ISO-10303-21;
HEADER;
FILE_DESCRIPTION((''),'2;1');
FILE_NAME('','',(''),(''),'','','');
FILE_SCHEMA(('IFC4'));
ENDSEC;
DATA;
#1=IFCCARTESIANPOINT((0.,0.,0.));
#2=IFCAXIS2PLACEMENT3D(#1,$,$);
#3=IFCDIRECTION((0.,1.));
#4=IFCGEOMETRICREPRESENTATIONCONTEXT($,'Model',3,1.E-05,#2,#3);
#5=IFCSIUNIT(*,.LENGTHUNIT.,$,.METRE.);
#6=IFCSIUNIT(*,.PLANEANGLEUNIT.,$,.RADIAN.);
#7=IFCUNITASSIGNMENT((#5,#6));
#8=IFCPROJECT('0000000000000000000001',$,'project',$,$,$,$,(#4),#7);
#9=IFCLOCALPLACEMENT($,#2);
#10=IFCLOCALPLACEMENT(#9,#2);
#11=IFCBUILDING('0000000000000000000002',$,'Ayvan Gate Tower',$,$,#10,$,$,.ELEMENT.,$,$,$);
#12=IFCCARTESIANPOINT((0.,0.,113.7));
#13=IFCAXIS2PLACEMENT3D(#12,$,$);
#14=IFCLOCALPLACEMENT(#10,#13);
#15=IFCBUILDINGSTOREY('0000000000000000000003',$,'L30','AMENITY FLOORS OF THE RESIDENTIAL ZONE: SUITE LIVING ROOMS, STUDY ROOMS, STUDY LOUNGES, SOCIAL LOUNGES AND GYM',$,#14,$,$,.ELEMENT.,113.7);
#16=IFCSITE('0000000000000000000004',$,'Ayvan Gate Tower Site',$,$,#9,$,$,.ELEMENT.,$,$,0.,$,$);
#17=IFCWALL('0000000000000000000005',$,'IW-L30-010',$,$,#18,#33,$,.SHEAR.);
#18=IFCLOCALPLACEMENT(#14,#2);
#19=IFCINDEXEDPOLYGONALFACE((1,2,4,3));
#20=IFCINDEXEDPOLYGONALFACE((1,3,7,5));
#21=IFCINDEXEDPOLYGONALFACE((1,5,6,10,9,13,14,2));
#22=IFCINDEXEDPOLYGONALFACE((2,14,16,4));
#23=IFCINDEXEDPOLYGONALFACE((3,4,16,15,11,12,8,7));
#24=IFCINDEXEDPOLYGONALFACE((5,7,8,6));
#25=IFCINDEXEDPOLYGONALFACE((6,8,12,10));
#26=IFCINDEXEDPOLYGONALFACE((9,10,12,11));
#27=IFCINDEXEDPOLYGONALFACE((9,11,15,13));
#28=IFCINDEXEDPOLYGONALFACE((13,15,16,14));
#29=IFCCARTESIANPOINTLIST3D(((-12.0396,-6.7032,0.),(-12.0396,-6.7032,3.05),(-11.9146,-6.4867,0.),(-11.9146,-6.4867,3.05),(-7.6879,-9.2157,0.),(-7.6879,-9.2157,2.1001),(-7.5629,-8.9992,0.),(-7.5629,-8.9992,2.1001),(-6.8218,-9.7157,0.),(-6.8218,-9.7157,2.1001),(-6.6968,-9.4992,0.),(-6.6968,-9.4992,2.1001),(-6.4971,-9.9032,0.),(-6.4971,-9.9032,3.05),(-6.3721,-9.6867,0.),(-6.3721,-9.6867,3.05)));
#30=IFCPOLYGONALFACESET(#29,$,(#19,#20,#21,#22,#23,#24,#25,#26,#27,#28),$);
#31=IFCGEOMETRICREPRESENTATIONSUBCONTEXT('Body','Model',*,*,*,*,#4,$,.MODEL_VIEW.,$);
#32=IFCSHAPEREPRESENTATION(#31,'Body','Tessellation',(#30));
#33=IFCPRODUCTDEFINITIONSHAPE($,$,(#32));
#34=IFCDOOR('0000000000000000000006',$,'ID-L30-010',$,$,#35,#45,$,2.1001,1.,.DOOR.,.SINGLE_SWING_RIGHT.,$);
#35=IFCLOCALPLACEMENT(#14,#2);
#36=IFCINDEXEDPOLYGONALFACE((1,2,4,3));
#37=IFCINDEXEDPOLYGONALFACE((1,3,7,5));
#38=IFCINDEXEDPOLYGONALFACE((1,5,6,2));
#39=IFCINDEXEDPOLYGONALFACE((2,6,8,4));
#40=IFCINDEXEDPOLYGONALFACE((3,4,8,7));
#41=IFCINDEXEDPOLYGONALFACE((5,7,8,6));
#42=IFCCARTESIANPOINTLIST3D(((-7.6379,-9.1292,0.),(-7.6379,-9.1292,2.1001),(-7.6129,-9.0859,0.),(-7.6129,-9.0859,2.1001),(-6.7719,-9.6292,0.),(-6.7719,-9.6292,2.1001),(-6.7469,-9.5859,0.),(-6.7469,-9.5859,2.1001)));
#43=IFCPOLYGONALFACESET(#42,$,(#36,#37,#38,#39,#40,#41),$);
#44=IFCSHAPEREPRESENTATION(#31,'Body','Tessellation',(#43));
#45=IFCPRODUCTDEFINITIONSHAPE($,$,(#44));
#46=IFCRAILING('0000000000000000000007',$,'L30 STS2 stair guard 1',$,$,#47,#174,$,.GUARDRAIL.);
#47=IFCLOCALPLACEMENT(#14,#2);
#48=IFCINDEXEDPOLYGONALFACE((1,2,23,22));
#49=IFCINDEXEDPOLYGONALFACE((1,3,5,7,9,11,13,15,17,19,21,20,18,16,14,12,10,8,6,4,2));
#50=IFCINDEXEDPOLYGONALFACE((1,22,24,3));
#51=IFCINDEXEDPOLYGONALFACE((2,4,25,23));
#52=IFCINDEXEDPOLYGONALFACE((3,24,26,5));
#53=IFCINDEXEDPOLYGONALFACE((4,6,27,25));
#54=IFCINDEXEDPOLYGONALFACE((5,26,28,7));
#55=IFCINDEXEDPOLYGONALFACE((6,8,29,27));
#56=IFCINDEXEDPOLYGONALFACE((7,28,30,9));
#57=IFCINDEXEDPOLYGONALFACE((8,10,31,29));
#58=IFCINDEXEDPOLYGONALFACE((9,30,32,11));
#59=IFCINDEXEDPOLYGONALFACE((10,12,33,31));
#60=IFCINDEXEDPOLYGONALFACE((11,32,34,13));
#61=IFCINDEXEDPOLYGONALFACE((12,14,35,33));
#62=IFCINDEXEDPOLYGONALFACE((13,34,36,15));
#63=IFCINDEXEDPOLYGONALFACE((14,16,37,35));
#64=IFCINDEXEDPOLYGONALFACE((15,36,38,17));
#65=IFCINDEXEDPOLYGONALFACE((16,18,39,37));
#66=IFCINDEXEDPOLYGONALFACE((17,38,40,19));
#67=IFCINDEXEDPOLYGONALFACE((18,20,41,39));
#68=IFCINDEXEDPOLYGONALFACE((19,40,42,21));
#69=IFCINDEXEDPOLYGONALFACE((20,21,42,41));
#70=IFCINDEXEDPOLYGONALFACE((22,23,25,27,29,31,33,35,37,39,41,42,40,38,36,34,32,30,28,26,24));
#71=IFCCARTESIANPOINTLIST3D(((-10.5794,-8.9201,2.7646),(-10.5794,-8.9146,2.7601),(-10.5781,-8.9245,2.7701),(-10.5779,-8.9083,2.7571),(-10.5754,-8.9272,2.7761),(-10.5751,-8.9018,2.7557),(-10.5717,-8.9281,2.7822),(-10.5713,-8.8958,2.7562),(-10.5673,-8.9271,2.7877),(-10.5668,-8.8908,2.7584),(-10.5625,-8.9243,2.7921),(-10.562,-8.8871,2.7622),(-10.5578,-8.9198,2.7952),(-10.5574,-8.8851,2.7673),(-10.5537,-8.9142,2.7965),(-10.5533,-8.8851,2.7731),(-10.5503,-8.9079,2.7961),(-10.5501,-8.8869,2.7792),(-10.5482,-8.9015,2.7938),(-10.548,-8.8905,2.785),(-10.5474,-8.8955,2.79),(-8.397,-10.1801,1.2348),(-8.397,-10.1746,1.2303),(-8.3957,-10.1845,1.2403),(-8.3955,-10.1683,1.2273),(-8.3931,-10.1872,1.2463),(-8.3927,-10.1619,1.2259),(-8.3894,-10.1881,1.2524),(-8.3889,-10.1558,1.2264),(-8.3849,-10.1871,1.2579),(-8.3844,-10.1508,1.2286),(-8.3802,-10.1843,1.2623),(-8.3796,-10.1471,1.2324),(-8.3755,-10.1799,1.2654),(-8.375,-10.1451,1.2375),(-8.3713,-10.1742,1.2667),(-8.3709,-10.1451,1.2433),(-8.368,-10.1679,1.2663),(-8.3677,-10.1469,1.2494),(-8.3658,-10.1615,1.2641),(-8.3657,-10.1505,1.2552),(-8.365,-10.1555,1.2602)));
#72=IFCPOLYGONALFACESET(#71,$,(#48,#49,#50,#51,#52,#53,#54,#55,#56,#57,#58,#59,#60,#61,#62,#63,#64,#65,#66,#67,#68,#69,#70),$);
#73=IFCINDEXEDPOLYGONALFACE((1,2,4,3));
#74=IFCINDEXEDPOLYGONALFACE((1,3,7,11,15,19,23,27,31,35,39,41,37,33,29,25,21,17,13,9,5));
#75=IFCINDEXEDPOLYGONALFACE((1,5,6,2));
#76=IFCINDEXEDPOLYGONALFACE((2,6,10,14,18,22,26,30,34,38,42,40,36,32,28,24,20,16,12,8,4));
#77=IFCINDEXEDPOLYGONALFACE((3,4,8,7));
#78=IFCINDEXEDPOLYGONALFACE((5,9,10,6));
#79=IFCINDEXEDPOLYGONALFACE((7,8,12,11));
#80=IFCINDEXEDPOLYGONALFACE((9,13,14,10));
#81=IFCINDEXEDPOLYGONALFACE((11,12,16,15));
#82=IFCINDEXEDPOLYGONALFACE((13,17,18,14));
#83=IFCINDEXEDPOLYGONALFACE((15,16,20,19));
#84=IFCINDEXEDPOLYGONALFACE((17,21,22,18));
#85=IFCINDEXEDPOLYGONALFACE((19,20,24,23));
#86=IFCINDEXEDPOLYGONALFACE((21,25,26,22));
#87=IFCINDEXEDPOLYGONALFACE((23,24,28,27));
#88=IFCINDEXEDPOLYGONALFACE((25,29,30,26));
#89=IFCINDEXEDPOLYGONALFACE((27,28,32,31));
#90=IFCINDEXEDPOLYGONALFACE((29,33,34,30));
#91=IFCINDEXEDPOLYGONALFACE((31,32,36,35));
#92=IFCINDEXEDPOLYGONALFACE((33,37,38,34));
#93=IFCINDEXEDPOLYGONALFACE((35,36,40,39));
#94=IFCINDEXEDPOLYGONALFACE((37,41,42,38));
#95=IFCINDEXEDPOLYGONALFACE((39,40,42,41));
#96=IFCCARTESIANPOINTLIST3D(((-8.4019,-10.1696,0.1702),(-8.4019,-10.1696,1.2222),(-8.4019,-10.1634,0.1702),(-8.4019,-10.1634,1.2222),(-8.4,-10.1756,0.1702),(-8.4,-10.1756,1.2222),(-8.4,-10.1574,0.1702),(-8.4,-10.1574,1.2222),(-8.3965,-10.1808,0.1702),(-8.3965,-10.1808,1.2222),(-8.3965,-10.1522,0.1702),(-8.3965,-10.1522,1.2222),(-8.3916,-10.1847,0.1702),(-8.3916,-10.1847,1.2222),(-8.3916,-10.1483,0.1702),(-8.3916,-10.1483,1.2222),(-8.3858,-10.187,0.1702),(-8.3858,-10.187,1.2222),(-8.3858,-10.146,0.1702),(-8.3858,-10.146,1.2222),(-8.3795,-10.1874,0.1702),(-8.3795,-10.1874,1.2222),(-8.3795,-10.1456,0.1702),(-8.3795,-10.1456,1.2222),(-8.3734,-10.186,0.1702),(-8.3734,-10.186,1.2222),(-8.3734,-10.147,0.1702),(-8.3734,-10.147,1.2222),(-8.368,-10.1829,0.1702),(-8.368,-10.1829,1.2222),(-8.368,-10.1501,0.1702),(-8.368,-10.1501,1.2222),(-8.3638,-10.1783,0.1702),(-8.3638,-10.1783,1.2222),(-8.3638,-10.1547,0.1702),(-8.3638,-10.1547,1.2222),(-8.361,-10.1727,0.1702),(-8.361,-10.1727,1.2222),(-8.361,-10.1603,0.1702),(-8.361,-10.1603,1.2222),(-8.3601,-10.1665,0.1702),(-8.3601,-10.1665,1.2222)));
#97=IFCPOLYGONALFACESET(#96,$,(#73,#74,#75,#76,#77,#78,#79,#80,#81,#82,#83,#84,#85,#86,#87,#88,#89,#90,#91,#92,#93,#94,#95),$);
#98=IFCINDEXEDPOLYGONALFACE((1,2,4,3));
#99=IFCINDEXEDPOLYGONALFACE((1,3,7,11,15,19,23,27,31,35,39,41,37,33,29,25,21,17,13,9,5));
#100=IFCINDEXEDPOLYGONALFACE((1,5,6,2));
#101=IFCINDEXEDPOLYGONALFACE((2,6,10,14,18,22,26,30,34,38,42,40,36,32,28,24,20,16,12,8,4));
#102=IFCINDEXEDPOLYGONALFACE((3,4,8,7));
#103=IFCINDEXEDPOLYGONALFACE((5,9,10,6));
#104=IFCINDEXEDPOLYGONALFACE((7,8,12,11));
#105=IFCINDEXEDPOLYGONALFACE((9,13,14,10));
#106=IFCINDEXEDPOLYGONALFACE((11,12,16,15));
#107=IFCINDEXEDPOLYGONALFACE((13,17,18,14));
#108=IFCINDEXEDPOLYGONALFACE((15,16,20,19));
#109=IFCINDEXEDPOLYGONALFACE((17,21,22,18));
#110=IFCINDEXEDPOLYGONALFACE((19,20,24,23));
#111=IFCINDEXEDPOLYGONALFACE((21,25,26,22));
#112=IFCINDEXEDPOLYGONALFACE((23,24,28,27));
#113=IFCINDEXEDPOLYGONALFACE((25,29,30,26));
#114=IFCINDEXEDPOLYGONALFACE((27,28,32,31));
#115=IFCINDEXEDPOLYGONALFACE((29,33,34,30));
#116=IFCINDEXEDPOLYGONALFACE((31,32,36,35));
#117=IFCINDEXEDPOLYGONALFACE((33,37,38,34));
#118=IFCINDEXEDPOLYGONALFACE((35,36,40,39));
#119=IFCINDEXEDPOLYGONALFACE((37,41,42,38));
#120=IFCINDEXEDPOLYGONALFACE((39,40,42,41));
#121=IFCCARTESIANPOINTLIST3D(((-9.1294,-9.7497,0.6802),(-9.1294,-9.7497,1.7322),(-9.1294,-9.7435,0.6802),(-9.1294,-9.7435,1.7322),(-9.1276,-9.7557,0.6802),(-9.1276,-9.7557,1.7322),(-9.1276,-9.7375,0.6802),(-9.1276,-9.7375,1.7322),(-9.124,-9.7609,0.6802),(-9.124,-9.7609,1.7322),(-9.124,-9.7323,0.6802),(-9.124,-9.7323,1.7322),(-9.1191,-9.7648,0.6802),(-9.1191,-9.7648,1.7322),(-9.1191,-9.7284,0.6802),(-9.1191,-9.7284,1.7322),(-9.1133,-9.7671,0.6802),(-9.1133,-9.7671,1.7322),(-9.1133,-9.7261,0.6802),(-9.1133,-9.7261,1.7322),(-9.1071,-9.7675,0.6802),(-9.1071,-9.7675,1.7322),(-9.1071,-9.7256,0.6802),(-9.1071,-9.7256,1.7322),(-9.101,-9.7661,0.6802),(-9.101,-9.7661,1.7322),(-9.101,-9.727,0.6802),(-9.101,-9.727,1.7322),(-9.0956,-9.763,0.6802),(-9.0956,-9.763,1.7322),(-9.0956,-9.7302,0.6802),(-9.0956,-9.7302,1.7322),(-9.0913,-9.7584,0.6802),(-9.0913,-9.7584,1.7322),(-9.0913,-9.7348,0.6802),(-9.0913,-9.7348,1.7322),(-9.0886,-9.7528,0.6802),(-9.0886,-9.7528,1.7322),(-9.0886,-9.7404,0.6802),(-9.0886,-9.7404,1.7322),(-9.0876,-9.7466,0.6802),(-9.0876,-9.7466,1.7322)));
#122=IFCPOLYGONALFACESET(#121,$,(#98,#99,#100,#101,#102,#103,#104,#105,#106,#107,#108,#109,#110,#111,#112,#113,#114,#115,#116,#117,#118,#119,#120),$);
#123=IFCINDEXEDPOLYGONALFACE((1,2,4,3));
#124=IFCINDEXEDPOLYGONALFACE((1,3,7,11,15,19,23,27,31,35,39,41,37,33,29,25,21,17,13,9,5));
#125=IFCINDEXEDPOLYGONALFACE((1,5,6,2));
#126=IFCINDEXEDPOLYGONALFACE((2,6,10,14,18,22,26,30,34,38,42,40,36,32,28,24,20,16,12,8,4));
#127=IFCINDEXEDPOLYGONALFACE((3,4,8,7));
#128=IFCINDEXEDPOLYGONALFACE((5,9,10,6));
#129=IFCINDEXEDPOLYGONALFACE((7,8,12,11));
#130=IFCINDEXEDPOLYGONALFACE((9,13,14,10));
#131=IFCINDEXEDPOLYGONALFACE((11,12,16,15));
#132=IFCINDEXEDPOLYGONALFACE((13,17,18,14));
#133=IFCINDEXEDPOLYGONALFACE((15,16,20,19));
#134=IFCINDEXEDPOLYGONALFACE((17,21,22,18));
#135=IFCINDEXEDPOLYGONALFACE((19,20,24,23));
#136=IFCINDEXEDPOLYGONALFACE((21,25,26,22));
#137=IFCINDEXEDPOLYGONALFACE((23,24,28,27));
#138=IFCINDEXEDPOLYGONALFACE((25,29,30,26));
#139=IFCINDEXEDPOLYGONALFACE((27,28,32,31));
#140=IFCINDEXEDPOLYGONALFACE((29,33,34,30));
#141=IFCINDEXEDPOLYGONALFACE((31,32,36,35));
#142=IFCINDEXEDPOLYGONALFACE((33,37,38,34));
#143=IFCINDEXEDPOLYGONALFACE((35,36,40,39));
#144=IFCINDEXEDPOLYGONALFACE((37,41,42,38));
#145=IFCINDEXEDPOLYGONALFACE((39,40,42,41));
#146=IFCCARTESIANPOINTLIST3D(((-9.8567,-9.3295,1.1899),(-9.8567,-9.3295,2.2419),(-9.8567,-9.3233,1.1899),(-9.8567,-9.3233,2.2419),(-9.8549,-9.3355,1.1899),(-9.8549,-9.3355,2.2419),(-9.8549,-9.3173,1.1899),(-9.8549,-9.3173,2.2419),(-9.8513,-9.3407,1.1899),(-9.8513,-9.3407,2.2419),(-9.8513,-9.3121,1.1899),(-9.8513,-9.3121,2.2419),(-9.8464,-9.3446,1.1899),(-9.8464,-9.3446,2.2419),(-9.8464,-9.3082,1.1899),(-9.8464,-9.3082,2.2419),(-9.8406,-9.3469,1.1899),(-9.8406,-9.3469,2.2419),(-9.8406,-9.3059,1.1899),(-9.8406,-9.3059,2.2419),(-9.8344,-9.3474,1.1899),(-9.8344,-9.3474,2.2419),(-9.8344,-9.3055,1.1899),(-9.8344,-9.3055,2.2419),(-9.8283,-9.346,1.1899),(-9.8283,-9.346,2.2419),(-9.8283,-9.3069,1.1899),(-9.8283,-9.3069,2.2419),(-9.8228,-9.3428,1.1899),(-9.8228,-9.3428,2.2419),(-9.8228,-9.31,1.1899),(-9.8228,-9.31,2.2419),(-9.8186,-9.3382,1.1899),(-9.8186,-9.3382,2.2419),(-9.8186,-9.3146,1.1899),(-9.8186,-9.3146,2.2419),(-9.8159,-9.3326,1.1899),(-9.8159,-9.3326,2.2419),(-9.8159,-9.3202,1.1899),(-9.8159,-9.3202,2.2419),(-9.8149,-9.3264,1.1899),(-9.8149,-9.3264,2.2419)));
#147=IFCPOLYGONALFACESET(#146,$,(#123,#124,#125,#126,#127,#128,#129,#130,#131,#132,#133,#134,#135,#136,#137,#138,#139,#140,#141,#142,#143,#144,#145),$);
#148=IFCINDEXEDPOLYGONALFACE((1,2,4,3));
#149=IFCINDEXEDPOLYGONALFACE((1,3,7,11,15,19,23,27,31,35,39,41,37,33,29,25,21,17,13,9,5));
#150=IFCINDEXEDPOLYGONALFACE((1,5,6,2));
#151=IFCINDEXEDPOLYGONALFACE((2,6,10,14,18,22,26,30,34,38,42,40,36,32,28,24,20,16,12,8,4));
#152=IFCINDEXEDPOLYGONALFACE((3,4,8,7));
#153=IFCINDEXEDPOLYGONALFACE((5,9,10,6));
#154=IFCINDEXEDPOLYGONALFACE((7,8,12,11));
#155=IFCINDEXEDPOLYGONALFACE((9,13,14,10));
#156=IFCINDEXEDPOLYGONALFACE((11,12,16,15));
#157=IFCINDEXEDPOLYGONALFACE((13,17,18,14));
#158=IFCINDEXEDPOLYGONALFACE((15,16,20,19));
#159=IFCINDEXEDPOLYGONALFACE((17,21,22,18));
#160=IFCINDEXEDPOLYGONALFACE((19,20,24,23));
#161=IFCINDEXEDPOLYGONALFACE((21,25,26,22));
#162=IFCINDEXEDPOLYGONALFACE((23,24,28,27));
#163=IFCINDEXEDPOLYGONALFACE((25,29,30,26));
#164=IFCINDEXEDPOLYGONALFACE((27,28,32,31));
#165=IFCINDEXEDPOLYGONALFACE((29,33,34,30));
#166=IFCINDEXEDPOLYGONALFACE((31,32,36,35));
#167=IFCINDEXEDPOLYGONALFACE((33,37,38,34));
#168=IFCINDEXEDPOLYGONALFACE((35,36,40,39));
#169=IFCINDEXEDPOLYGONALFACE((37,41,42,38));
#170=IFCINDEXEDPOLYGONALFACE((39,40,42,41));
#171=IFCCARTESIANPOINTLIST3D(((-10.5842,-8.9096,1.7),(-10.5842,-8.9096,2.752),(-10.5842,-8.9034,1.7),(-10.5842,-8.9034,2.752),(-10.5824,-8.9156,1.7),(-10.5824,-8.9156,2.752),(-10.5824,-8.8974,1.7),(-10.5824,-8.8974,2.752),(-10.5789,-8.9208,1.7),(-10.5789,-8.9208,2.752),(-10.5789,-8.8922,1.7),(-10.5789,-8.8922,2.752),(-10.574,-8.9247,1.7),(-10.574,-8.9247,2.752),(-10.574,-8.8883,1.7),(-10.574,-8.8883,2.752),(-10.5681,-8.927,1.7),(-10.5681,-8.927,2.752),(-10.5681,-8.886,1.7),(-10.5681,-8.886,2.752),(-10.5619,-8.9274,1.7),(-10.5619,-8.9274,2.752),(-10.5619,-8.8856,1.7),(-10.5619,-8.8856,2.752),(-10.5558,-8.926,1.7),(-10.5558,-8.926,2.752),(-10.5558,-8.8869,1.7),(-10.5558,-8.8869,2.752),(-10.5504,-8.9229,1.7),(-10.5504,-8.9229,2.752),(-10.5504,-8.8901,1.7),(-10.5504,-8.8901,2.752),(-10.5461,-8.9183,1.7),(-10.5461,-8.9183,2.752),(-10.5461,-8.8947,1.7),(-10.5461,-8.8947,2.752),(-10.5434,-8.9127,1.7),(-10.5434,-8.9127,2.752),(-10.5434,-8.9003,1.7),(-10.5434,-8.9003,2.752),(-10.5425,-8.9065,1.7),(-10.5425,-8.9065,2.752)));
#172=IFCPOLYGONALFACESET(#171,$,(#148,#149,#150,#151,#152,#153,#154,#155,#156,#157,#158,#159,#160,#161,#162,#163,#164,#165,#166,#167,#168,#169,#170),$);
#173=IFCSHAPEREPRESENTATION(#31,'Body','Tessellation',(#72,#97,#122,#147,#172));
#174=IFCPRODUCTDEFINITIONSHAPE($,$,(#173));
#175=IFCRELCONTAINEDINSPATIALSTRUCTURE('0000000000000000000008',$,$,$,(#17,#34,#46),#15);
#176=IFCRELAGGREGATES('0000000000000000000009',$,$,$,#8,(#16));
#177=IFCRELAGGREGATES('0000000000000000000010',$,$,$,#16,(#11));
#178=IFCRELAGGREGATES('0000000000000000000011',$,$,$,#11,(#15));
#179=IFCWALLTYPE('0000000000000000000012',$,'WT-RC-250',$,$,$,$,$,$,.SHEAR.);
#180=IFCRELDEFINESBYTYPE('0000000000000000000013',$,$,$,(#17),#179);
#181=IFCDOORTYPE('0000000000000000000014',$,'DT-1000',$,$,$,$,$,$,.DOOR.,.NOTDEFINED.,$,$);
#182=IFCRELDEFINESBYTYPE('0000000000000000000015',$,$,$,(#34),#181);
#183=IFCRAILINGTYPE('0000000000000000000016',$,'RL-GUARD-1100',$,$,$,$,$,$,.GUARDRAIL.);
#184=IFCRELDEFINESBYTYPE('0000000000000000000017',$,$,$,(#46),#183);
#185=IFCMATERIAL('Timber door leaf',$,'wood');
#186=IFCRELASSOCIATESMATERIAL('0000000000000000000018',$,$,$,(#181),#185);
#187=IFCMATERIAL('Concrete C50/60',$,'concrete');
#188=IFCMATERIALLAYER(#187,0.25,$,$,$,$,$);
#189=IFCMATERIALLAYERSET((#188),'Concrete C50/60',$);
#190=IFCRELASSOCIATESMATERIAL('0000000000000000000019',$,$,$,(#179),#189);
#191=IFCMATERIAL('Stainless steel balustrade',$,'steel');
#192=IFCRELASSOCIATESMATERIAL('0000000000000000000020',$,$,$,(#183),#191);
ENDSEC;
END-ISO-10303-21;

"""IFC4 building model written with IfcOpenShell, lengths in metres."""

from ifc_helpers import new_model, si_unit, direction, frame, frame_2d, origin, origin_2d, place, context, subcontext, project, spatial, rectangle, circle, extrude, material, layer, layer_set, type_object, element, fill, save


model = new_model("IFC4")

# Units and contexts
model_context = context("Model", 3, precision=1e-05, world=origin(), true_north=direction((0.0, 1.0)))
body_context = subcontext(model_context, "Body", "Model", "MODEL_VIEW")
ifc_project = project(units=[si_unit("LENGTHUNIT", "METRE"), si_unit("PLANEANGLEUNIT", "RADIAN")], contexts=[model_context])

# Site, building, storey
site_placement = place(None, origin())
site = spatial("IfcSite", under=ifc_project, at=site_placement, Name="Ayvan Gate Tower Site", CompositionType="ELEMENT", RefElevation=0.0)
building_placement = place(site_placement, origin())
building = spatial("IfcBuilding", under=site, at=building_placement, Name="Ayvan Gate Tower", CompositionType="ELEMENT")
storey_placement = place(building_placement, frame((0.0, 0.0, 113.7)))
storey = spatial("IfcBuildingStorey", under=building, at=storey_placement, Name="L30", Description="AMENITY FLOORS OF THE RESIDENTIAL ZONE: SUITE LIVING ROOMS, STUDY ROOMS, STUDY LOUNGES, SOCIAL LOUNGES AND GYM", CompositionType="ELEMENT", Elevation=113.7)

# Shared definitions
ifc_material_1 = material(Name="Timber door leaf", Category="wood")

# Shared definitions
door_type_1 = type_object("IfcDoorType", Name="DT-1000", OperationType="NOTDEFINED", PredefinedType="DOOR", material=ifc_material_1)

# Shared definitions
ifc_material_2 = material(Name="Concrete C50/60", Category="concrete")
ifc_layer_1 = layer(ifc_material_2, 0.25)
ifc_layer_set_1 = layer_set([ifc_layer_1], Name="Concrete C50/60")
wall_type_1 = type_object("IfcWallType", Name="WT-RC-250", PredefinedType="SHEAR", material=ifc_layer_set_1)

# Wall, opening, door
wall_1_placement = place(storey_placement, frame((-11.9771, -6.595, 0.0), z_axis=(0.0, 0.0, 1.0), x_axis=(0.866025, -0.5, 0.0)))
wall_1 = element("IfcWall", 1, at=wall_1_placement, inside=storey, type_object=wall_type_1, Name="IW-L30-010", PredefinedType="SHEAR", context=body_context, shape_type="SweptSolid", body=[
    extrude(rectangle(XDim=6.3999, YDim=0.25, at=frame_2d((3.2, 0.0))), origin(), (0.0, 0.0, 1.0), 3.05),
])
opening_1_placement = place(wall_1_placement, frame((5.0249, 0.0, 0.0)))
opening_1 = element("IfcOpeningElement", 2, at=opening_1_placement, cuts=wall_1, PredefinedType="OPENING", context=body_context, shape_type="SweptSolid", body=[
    extrude(rectangle(XDim=1.0, YDim=2.1001, at=frame_2d((0.5, 1.05))), frame((0.0, 0.135, 0.0), z_axis=(0.0, -1.0, 0.0), x_axis=(1.0, 0.0, 0.0)), (0.0, 0.0, 1.0), 0.27),
])
door_1_placement = place(opening_1_placement, origin())
door_1 = element("IfcDoor", 3, at=door_1_placement, inside=storey, type_object=door_type_1, Name="ID-L30-010", OperationType="SINGLE_SWING_RIGHT", OverallHeight=2.1001, OverallWidth=1.0, PredefinedType="DOOR", context=body_context, shape_type="SweptSolid", body=[
    extrude(rectangle(XDim=1.0, YDim=2.1001, at=frame_2d((0.5, 1.05))), frame((0.0, 0.0249, 0.0), z_axis=(0.0, -1.0, 0.0), x_axis=(1.0, 0.0, 0.0)), (0.0, 0.0, 1.0), 0.05),
])
fill(opening_1, door_1)

# Railing
ifc_material_3 = material(Name="Stainless steel balustrade", Category="steel")
railing_type_1 = type_object("IfcRailingType", Name="RL-GUARD-1100", PredefinedType="GUARDRAIL", material=ifc_material_3)
railing_1_placement = place(storey_placement, frame((-8.3811, -10.1665, 0.1702)))
element("IfcRailing", 4, at=railing_1_placement, inside=storey, type_object=railing_type_1, Name="L30 STS2 stair guard 1", PredefinedType="GUARDRAIL", context=body_context, shape_type="SweptSolid", body=[
    extrude(circle(Radius=0.0239, at=origin_2d()), frame((0.0, 0.0, 1.0762), z_axis=(-0.740293, 0.427414, 0.518926), x_axis=(-0.500005, -0.866023, 0.0)), (0.0, 0.0, 1.0), 2.948),
    extrude(circle(Radius=0.021, at=origin_2d()), origin(), (0.0, 0.0, 1.0), 1.052),
    extrude(circle(Radius=0.021, at=origin_2d()), frame((-0.7275, 0.4199, 0.51)), (0.0, 0.0, 1.0), 1.052),
    extrude(circle(Radius=0.021, at=origin_2d()), frame((-1.4548, 0.8401, 1.0198)), (0.0, 0.0, 1.0), 1.052),
    extrude(circle(Radius=0.021, at=origin_2d()), frame((-2.1824, 1.26, 1.5298)), (0.0, 0.0, 1.0), 1.052),
])

save(model, "model.ifc")
